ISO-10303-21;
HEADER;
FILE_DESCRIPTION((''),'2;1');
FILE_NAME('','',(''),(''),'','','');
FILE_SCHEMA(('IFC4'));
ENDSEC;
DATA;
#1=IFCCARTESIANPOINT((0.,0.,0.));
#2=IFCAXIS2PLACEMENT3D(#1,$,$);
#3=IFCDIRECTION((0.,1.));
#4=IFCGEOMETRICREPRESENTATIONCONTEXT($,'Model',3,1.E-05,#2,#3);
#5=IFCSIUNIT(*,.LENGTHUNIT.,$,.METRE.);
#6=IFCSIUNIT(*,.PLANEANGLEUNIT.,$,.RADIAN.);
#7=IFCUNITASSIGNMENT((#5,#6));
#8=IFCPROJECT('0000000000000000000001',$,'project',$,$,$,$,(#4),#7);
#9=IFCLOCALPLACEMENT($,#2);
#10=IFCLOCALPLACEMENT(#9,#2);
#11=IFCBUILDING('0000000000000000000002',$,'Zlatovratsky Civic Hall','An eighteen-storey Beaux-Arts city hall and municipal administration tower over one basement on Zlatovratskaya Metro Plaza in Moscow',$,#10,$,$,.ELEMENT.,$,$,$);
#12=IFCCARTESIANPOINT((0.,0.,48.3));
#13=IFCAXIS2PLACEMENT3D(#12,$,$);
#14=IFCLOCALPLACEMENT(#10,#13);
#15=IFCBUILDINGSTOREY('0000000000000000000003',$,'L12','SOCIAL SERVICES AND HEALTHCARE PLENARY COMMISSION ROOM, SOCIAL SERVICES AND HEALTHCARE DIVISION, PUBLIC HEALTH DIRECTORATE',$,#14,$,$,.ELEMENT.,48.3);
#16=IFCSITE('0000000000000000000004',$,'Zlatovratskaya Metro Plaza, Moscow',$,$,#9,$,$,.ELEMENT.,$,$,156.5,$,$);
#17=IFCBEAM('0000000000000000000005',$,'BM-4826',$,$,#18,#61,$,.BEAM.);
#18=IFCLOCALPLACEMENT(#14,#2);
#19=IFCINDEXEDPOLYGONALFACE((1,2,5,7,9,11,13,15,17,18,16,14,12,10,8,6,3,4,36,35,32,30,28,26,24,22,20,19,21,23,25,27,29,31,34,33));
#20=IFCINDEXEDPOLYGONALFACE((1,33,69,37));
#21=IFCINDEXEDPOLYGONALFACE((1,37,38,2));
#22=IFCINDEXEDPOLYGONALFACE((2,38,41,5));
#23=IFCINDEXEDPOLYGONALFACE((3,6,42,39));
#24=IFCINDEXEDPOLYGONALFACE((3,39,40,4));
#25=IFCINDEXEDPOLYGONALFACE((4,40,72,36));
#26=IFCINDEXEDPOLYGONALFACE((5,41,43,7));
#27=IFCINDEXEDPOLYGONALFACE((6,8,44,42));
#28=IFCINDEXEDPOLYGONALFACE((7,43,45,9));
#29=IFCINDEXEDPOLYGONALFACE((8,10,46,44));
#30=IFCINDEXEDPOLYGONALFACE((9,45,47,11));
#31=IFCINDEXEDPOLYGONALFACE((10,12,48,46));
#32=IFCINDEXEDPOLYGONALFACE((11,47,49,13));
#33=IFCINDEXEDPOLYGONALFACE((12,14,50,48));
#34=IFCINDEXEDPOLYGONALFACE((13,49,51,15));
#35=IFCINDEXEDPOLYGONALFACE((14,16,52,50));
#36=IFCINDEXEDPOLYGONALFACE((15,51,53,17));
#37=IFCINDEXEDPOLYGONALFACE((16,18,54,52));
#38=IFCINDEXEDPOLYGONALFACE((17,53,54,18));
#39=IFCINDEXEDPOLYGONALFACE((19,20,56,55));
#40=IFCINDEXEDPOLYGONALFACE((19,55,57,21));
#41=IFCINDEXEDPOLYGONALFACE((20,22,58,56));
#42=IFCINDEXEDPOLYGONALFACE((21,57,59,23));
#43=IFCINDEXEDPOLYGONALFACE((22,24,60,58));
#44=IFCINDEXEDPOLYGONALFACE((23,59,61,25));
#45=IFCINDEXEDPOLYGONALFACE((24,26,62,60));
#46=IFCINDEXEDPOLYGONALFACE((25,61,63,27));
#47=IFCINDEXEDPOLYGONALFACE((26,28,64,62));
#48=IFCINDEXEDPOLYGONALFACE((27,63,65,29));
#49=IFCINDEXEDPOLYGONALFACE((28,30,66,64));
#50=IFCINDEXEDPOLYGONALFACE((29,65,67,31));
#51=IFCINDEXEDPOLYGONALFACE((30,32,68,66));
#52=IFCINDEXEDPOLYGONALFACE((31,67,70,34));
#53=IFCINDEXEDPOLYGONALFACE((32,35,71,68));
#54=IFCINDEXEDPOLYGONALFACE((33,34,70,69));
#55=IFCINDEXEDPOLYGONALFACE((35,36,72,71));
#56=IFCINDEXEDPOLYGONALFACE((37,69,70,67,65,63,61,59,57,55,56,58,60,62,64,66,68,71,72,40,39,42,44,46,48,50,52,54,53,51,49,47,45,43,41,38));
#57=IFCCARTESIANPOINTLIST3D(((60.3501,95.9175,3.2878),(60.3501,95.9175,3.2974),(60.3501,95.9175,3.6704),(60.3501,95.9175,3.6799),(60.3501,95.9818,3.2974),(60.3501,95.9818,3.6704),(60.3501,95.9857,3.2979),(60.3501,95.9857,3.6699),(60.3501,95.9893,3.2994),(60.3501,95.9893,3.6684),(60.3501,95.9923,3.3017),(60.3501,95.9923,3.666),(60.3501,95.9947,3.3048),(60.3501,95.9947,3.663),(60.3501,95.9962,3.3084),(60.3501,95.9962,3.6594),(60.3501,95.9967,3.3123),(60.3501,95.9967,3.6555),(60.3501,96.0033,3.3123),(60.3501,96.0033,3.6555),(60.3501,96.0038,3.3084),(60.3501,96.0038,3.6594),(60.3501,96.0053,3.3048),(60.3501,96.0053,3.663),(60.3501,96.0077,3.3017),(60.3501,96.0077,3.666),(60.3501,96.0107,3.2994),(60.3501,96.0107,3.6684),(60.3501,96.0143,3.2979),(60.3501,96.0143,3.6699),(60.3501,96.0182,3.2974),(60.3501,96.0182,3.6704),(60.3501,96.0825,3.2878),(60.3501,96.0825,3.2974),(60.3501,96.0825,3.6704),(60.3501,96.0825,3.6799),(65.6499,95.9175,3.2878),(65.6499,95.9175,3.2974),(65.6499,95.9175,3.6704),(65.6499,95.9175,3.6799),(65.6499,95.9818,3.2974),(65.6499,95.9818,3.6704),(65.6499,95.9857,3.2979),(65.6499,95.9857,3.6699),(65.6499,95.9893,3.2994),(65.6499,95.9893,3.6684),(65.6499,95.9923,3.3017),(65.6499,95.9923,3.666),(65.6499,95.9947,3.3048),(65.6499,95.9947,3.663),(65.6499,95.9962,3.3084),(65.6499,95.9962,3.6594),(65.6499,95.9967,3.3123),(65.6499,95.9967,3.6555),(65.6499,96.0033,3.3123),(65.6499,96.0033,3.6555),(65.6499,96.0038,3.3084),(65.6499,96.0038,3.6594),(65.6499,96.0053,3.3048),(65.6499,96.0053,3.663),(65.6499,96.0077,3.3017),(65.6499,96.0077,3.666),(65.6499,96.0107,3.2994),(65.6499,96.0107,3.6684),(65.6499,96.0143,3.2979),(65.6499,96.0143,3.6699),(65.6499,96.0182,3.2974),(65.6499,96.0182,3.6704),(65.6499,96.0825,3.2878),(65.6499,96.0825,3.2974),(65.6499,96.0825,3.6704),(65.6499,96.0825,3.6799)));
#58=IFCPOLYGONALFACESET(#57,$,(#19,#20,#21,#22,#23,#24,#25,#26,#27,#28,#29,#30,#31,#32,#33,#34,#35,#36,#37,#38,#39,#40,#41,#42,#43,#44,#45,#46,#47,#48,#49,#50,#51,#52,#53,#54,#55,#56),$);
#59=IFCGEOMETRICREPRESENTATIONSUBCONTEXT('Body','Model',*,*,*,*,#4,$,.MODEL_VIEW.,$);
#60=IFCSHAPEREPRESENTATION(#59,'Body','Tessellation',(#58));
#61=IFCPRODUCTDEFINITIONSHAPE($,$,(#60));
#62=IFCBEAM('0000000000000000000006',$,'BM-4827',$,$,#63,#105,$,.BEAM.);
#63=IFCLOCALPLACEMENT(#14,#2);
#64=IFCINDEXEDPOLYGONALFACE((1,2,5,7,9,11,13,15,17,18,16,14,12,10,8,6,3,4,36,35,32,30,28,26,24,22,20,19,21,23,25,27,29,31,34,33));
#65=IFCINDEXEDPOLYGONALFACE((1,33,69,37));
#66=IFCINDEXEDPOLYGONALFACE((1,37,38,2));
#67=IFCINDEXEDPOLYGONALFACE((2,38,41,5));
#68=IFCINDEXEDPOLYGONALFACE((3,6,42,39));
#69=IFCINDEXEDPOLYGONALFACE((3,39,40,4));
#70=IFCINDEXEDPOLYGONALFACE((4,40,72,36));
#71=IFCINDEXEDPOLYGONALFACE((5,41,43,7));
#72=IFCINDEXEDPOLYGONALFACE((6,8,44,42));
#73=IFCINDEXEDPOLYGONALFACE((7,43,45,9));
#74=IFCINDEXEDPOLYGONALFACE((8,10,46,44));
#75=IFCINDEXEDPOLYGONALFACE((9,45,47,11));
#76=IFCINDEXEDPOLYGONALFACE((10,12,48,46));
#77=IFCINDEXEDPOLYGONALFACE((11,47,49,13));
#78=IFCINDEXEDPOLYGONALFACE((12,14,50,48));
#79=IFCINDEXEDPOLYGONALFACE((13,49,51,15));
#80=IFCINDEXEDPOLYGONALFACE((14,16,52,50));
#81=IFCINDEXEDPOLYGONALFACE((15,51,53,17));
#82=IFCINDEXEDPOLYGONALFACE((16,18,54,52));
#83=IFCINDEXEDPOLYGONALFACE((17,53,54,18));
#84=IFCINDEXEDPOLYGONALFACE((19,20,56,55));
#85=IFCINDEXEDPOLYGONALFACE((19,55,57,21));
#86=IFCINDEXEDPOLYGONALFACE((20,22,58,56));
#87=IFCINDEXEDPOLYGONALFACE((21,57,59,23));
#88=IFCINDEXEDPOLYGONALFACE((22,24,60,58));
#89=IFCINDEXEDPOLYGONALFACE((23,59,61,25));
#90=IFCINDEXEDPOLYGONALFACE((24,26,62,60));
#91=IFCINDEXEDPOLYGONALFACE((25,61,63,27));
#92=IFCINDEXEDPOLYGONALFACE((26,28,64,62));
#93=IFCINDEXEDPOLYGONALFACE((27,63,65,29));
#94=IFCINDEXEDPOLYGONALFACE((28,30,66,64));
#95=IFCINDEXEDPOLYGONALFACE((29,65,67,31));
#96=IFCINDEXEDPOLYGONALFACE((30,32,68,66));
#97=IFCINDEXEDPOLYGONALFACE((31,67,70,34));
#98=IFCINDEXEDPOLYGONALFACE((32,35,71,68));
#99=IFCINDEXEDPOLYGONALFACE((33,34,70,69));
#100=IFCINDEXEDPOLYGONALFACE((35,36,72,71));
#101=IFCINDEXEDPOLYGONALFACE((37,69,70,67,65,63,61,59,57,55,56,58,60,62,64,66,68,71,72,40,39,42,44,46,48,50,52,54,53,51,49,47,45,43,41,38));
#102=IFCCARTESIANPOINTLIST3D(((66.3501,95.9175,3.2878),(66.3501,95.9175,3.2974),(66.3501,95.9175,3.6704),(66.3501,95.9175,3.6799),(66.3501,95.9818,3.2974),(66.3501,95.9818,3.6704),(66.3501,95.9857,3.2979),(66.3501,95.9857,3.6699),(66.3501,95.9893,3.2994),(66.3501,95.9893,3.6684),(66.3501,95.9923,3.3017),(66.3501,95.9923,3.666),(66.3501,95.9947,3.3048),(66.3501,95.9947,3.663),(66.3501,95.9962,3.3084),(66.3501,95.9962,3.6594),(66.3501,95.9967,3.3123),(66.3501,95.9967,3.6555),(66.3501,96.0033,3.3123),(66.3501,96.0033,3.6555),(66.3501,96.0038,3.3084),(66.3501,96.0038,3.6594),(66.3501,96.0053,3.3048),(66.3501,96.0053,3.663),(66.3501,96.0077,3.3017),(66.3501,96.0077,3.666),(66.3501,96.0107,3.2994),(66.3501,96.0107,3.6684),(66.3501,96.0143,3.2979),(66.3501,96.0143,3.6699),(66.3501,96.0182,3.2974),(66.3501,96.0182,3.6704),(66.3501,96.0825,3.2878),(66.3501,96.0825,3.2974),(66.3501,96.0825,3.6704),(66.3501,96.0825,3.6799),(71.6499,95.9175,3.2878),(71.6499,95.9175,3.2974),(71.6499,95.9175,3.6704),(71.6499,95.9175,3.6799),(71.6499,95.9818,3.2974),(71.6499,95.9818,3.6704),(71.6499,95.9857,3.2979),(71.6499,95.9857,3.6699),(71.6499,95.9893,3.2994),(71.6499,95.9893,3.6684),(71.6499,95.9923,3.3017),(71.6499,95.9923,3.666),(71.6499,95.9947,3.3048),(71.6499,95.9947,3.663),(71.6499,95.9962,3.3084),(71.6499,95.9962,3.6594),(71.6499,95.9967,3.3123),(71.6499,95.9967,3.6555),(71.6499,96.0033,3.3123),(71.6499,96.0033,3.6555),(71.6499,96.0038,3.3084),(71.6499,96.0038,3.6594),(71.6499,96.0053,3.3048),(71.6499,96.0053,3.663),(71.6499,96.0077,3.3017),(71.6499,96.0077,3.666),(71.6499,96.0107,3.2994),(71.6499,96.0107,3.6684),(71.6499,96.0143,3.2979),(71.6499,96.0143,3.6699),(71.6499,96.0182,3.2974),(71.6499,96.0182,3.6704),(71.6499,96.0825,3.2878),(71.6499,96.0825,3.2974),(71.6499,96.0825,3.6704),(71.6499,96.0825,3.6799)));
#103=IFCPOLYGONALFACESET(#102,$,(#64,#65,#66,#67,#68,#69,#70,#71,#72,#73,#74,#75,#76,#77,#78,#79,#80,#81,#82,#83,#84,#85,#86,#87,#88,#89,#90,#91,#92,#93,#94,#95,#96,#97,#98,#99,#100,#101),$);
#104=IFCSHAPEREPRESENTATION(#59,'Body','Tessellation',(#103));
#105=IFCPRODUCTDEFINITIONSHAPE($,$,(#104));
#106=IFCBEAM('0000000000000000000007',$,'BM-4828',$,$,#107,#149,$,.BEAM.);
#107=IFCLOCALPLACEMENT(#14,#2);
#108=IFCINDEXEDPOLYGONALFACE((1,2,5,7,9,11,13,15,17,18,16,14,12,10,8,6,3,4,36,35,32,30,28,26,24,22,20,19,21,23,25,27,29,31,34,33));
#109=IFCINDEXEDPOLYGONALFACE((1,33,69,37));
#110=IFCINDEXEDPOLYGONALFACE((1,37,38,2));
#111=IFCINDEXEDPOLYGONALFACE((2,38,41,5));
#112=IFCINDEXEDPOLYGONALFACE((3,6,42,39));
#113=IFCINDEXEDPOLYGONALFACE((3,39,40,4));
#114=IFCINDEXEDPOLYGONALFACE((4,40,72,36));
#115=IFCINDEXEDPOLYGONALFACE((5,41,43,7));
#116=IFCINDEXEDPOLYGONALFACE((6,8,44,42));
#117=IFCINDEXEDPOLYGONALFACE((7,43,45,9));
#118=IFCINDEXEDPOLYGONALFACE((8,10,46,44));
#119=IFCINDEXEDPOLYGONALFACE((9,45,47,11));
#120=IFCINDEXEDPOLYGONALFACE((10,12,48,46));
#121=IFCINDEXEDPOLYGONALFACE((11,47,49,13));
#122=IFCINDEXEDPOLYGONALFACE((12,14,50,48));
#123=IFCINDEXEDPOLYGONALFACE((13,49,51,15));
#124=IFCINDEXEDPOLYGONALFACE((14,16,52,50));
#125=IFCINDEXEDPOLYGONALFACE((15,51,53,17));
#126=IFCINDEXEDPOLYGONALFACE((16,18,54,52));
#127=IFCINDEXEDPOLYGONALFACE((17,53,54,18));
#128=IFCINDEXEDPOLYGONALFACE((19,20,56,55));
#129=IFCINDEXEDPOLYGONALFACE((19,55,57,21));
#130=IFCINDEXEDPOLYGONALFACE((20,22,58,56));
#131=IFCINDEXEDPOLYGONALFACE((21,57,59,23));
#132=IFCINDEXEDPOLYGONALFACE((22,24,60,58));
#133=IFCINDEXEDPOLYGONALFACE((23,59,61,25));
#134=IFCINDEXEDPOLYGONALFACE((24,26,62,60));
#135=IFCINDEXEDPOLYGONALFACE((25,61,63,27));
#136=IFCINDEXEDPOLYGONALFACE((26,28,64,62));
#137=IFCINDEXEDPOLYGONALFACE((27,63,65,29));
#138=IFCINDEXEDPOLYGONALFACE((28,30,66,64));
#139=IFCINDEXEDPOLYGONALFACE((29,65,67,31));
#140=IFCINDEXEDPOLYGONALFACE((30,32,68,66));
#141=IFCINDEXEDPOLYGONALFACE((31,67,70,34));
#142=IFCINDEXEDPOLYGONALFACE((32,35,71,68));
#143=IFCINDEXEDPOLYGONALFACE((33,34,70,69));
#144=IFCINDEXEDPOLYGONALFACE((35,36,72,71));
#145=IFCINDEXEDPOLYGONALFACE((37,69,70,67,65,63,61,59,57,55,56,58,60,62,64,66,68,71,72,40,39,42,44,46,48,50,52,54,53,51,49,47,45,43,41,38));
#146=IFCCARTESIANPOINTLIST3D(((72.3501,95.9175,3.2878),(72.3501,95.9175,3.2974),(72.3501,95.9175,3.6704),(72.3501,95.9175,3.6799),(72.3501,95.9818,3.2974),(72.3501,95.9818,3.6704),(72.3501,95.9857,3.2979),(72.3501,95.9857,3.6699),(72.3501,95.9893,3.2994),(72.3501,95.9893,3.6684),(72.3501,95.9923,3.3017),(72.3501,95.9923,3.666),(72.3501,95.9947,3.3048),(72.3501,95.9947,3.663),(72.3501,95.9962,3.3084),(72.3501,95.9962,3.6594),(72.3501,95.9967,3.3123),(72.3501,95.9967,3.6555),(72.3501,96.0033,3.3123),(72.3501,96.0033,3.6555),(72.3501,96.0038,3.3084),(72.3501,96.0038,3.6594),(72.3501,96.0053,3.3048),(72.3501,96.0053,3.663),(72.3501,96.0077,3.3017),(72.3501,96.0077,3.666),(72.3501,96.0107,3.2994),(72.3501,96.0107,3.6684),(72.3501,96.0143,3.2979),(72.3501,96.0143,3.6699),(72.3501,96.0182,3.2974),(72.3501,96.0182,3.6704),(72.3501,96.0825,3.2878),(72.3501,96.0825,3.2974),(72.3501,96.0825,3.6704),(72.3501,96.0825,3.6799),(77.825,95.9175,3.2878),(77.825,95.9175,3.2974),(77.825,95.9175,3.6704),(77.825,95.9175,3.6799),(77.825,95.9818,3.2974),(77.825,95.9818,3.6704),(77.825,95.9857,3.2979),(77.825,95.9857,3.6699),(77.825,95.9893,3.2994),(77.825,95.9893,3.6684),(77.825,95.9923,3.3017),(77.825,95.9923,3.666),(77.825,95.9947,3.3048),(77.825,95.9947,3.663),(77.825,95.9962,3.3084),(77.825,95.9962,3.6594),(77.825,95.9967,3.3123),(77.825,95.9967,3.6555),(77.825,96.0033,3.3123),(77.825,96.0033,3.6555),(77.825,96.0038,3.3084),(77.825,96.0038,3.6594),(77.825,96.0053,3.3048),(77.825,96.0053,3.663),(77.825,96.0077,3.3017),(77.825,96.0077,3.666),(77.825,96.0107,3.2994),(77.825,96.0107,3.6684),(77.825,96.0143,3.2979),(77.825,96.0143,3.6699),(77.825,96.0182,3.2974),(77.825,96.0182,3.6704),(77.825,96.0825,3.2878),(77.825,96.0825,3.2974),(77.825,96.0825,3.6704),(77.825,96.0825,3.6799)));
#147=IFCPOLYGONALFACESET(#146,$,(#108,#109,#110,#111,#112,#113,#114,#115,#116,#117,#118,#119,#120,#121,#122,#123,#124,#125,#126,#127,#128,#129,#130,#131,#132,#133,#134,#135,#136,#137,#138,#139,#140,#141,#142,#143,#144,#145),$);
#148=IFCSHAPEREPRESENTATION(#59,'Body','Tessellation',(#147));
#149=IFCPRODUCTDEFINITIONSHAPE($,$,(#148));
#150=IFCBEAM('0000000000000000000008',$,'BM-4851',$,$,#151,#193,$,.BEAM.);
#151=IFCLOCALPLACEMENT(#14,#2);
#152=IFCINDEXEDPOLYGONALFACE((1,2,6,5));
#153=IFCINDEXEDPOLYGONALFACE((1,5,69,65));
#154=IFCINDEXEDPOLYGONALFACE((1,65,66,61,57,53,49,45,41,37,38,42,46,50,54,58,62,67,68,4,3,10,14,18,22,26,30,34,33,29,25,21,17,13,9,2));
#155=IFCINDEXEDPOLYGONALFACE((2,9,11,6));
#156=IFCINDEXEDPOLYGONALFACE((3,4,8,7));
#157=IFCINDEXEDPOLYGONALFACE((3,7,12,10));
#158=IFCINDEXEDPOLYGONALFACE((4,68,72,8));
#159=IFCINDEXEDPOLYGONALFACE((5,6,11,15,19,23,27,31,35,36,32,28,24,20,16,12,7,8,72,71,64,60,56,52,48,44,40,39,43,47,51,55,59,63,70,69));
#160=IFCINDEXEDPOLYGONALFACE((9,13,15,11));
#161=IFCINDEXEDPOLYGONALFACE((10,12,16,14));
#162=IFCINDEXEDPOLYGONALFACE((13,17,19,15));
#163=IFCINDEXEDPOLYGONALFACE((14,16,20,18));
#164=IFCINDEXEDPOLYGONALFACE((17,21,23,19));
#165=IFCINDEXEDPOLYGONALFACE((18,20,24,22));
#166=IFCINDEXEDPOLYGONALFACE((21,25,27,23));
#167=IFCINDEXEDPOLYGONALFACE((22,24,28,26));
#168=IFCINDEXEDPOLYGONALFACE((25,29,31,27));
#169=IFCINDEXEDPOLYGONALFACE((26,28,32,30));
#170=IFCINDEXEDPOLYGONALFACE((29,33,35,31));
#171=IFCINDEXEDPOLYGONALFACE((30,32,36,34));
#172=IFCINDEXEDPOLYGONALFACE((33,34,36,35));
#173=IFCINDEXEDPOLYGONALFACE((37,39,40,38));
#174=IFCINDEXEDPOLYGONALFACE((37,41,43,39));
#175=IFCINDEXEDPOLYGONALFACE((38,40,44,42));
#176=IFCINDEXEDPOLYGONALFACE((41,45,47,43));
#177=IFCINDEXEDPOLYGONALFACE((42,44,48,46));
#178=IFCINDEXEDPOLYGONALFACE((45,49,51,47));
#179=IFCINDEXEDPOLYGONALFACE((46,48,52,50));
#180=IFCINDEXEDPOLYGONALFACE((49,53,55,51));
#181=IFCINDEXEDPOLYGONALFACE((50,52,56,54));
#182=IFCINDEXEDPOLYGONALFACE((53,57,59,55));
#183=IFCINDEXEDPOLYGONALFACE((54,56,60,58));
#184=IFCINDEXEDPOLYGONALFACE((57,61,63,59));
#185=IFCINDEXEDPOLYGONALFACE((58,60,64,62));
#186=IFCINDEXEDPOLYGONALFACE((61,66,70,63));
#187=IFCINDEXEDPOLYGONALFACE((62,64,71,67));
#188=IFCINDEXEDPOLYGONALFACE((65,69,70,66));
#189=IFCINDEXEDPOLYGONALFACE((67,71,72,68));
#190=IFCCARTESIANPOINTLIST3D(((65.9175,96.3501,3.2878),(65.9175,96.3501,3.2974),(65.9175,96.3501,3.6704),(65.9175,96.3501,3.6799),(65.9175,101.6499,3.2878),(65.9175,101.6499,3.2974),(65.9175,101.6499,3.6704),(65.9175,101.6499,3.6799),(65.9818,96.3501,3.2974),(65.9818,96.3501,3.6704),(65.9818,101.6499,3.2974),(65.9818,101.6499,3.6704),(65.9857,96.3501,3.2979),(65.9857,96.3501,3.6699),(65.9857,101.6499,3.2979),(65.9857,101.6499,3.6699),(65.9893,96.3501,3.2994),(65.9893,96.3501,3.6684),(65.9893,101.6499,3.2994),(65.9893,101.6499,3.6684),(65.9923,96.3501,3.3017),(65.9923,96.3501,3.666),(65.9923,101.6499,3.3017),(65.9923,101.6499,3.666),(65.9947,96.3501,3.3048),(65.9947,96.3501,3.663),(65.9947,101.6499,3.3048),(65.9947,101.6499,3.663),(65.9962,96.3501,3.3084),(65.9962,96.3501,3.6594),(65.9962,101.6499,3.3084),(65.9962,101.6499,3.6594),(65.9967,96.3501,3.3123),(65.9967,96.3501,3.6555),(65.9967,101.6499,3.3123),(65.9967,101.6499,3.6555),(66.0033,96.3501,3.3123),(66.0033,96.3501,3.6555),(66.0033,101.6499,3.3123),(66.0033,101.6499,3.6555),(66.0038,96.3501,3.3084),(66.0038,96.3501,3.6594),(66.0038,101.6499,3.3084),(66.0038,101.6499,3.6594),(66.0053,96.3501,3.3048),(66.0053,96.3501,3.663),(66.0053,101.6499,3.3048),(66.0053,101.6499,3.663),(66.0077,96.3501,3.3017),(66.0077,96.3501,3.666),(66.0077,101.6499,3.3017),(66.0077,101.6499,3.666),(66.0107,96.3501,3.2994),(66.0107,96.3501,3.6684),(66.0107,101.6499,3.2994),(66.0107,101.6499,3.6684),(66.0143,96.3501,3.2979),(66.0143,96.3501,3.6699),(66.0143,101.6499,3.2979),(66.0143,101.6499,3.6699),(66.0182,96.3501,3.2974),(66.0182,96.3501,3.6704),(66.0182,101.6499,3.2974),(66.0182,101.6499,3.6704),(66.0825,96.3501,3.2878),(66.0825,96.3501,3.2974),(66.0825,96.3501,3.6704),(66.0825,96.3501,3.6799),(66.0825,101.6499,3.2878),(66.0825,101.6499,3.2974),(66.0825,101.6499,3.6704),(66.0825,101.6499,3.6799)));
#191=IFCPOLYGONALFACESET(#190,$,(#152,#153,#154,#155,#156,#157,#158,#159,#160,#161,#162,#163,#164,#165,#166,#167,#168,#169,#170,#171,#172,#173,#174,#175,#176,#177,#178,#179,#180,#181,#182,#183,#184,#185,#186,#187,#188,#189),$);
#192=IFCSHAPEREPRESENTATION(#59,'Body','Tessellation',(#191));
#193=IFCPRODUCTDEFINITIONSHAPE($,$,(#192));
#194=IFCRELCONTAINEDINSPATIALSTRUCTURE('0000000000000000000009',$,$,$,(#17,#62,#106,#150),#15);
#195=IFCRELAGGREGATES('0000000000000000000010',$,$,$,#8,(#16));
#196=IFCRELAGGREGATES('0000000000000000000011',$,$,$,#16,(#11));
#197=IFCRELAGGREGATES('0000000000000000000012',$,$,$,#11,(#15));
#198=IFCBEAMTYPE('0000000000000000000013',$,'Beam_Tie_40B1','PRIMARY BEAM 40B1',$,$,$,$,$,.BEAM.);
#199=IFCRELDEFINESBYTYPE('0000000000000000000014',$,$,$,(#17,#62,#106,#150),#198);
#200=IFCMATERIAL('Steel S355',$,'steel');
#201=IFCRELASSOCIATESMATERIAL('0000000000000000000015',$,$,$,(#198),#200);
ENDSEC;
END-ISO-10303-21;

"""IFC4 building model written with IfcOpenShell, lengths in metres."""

from ifc_helpers import new_model, si_unit, direction, frame, origin, origin_2d, place, context, subcontext, project, spatial, i_section, extrude, material, material_profile, profile_set, type_object, element, save


model = new_model("IFC4")

# Units and contexts
model_context = context("Model", 3, precision=1e-05, world=origin(), true_north=direction((0.0, 1.0)))
body_context = subcontext(model_context, "Body", "Model", "MODEL_VIEW")
ifc_project = project(units=[si_unit("LENGTHUNIT", "METRE"), si_unit("PLANEANGLEUNIT", "RADIAN")], contexts=[model_context])

# Site, building, storey
site_placement = place(None, origin())
site = spatial("IfcSite", under=ifc_project, at=site_placement, Name="Zlatovratskaya Metro Plaza, Moscow", CompositionType="ELEMENT", RefElevation=156.5)
building_placement = place(site_placement, origin())
building = spatial("IfcBuilding", under=site, at=building_placement, Name="Zlatovratsky Civic Hall", Description="An eighteen-storey Beaux-Arts city hall and municipal administration tower over one basement on Zlatovratskaya Metro Plaza in Moscow", CompositionType="ELEMENT")
storey_placement = place(building_placement, frame((0.0, 0.0, 48.3)))
storey = spatial("IfcBuildingStorey", under=building, at=storey_placement, Name="L12", Description="SOCIAL SERVICES AND HEALTHCARE PLENARY COMMISSION ROOM, SOCIAL SERVICES AND HEALTHCARE DIVISION, PUBLIC HEALTH DIRECTORATE", CompositionType="ELEMENT", Elevation=48.3)

# Beams
ifc_material_1 = material(Name="Steel S355", Category="steel")
ifc_material_profile_1 = material_profile(ifc_material_1, i_section(OverallWidth=0.165, OverallDepth=0.3921, WebThickness=0.0066, FlangeThickness=0.0095, FilletRadius=0.0149, at=origin_2d()), Name="40B1")
ifc_profile_set_1 = profile_set([ifc_material_profile_1], Name="Steel S355")
beam_type_1 = type_object("IfcBeamType", Name="Beam_Tie_40B1", Description="PRIMARY BEAM 40B1", PredefinedType="BEAM", material=ifc_profile_set_1)
for number, where, z_axis, x_axis, name in (
    (1, (60.3501, 96.0, 3.4839), (1.0, 0.0, 0.0), (0.0, 1.0, 0.0), "BM-4826"),
    (2, (66.3501, 96.0, 3.4839), (1.0, 0.0, 0.0), (0.0, 1.0, 0.0), "BM-4827"),
):
    element("IfcBeam", number, at=place(storey_placement, frame(where, z_axis=z_axis, x_axis=x_axis)), inside=storey, type_object=beam_type_1, Name=name, PredefinedType="BEAM", context=body_context, shape_type="SweptSolid", body=[
        extrude(i_section(OverallWidth=0.165, OverallDepth=0.3921, WebThickness=0.0066, FlangeThickness=0.0095, FilletRadius=0.0149, at=origin_2d()), origin(), (0.0, 0.0, 1.0), 5.2998),
    ])
beam_placement = place(storey_placement, frame((72.3501, 96.0, 3.4839), z_axis=(1.0, 0.0, 0.0), x_axis=(0.0, 1.0, 0.0)))
element("IfcBeam", 3, at=beam_placement, inside=storey, type_object=beam_type_1, Name="BM-4828", PredefinedType="BEAM", context=body_context, shape_type="SweptSolid", body=[
    extrude(i_section(OverallWidth=0.165, OverallDepth=0.3921, WebThickness=0.0066, FlangeThickness=0.0095, FilletRadius=0.0149, at=origin_2d()), origin(), (0.0, 0.0, 1.0), 5.4749),
])
for number, where, z_axis, x_axis, name in (
    (4, (66.0, 96.3501, 3.4839), (0.0, 1.0, 0.0), (-1.0, 0.0, 0.0), "BM-4851"),
):
    element("IfcBeam", number, at=place(storey_placement, frame(where, z_axis=z_axis, x_axis=x_axis)), inside=storey, type_object=beam_type_1, Name=name, PredefinedType="BEAM", context=body_context, shape_type="SweptSolid", body=[
        extrude(i_section(OverallWidth=0.165, OverallDepth=0.3921, WebThickness=0.0066, FlangeThickness=0.0095, FilletRadius=0.0149, at=origin_2d()), origin(), (0.0, 0.0, 1.0), 5.2998),
    ])

save(model, "model.ifc")
